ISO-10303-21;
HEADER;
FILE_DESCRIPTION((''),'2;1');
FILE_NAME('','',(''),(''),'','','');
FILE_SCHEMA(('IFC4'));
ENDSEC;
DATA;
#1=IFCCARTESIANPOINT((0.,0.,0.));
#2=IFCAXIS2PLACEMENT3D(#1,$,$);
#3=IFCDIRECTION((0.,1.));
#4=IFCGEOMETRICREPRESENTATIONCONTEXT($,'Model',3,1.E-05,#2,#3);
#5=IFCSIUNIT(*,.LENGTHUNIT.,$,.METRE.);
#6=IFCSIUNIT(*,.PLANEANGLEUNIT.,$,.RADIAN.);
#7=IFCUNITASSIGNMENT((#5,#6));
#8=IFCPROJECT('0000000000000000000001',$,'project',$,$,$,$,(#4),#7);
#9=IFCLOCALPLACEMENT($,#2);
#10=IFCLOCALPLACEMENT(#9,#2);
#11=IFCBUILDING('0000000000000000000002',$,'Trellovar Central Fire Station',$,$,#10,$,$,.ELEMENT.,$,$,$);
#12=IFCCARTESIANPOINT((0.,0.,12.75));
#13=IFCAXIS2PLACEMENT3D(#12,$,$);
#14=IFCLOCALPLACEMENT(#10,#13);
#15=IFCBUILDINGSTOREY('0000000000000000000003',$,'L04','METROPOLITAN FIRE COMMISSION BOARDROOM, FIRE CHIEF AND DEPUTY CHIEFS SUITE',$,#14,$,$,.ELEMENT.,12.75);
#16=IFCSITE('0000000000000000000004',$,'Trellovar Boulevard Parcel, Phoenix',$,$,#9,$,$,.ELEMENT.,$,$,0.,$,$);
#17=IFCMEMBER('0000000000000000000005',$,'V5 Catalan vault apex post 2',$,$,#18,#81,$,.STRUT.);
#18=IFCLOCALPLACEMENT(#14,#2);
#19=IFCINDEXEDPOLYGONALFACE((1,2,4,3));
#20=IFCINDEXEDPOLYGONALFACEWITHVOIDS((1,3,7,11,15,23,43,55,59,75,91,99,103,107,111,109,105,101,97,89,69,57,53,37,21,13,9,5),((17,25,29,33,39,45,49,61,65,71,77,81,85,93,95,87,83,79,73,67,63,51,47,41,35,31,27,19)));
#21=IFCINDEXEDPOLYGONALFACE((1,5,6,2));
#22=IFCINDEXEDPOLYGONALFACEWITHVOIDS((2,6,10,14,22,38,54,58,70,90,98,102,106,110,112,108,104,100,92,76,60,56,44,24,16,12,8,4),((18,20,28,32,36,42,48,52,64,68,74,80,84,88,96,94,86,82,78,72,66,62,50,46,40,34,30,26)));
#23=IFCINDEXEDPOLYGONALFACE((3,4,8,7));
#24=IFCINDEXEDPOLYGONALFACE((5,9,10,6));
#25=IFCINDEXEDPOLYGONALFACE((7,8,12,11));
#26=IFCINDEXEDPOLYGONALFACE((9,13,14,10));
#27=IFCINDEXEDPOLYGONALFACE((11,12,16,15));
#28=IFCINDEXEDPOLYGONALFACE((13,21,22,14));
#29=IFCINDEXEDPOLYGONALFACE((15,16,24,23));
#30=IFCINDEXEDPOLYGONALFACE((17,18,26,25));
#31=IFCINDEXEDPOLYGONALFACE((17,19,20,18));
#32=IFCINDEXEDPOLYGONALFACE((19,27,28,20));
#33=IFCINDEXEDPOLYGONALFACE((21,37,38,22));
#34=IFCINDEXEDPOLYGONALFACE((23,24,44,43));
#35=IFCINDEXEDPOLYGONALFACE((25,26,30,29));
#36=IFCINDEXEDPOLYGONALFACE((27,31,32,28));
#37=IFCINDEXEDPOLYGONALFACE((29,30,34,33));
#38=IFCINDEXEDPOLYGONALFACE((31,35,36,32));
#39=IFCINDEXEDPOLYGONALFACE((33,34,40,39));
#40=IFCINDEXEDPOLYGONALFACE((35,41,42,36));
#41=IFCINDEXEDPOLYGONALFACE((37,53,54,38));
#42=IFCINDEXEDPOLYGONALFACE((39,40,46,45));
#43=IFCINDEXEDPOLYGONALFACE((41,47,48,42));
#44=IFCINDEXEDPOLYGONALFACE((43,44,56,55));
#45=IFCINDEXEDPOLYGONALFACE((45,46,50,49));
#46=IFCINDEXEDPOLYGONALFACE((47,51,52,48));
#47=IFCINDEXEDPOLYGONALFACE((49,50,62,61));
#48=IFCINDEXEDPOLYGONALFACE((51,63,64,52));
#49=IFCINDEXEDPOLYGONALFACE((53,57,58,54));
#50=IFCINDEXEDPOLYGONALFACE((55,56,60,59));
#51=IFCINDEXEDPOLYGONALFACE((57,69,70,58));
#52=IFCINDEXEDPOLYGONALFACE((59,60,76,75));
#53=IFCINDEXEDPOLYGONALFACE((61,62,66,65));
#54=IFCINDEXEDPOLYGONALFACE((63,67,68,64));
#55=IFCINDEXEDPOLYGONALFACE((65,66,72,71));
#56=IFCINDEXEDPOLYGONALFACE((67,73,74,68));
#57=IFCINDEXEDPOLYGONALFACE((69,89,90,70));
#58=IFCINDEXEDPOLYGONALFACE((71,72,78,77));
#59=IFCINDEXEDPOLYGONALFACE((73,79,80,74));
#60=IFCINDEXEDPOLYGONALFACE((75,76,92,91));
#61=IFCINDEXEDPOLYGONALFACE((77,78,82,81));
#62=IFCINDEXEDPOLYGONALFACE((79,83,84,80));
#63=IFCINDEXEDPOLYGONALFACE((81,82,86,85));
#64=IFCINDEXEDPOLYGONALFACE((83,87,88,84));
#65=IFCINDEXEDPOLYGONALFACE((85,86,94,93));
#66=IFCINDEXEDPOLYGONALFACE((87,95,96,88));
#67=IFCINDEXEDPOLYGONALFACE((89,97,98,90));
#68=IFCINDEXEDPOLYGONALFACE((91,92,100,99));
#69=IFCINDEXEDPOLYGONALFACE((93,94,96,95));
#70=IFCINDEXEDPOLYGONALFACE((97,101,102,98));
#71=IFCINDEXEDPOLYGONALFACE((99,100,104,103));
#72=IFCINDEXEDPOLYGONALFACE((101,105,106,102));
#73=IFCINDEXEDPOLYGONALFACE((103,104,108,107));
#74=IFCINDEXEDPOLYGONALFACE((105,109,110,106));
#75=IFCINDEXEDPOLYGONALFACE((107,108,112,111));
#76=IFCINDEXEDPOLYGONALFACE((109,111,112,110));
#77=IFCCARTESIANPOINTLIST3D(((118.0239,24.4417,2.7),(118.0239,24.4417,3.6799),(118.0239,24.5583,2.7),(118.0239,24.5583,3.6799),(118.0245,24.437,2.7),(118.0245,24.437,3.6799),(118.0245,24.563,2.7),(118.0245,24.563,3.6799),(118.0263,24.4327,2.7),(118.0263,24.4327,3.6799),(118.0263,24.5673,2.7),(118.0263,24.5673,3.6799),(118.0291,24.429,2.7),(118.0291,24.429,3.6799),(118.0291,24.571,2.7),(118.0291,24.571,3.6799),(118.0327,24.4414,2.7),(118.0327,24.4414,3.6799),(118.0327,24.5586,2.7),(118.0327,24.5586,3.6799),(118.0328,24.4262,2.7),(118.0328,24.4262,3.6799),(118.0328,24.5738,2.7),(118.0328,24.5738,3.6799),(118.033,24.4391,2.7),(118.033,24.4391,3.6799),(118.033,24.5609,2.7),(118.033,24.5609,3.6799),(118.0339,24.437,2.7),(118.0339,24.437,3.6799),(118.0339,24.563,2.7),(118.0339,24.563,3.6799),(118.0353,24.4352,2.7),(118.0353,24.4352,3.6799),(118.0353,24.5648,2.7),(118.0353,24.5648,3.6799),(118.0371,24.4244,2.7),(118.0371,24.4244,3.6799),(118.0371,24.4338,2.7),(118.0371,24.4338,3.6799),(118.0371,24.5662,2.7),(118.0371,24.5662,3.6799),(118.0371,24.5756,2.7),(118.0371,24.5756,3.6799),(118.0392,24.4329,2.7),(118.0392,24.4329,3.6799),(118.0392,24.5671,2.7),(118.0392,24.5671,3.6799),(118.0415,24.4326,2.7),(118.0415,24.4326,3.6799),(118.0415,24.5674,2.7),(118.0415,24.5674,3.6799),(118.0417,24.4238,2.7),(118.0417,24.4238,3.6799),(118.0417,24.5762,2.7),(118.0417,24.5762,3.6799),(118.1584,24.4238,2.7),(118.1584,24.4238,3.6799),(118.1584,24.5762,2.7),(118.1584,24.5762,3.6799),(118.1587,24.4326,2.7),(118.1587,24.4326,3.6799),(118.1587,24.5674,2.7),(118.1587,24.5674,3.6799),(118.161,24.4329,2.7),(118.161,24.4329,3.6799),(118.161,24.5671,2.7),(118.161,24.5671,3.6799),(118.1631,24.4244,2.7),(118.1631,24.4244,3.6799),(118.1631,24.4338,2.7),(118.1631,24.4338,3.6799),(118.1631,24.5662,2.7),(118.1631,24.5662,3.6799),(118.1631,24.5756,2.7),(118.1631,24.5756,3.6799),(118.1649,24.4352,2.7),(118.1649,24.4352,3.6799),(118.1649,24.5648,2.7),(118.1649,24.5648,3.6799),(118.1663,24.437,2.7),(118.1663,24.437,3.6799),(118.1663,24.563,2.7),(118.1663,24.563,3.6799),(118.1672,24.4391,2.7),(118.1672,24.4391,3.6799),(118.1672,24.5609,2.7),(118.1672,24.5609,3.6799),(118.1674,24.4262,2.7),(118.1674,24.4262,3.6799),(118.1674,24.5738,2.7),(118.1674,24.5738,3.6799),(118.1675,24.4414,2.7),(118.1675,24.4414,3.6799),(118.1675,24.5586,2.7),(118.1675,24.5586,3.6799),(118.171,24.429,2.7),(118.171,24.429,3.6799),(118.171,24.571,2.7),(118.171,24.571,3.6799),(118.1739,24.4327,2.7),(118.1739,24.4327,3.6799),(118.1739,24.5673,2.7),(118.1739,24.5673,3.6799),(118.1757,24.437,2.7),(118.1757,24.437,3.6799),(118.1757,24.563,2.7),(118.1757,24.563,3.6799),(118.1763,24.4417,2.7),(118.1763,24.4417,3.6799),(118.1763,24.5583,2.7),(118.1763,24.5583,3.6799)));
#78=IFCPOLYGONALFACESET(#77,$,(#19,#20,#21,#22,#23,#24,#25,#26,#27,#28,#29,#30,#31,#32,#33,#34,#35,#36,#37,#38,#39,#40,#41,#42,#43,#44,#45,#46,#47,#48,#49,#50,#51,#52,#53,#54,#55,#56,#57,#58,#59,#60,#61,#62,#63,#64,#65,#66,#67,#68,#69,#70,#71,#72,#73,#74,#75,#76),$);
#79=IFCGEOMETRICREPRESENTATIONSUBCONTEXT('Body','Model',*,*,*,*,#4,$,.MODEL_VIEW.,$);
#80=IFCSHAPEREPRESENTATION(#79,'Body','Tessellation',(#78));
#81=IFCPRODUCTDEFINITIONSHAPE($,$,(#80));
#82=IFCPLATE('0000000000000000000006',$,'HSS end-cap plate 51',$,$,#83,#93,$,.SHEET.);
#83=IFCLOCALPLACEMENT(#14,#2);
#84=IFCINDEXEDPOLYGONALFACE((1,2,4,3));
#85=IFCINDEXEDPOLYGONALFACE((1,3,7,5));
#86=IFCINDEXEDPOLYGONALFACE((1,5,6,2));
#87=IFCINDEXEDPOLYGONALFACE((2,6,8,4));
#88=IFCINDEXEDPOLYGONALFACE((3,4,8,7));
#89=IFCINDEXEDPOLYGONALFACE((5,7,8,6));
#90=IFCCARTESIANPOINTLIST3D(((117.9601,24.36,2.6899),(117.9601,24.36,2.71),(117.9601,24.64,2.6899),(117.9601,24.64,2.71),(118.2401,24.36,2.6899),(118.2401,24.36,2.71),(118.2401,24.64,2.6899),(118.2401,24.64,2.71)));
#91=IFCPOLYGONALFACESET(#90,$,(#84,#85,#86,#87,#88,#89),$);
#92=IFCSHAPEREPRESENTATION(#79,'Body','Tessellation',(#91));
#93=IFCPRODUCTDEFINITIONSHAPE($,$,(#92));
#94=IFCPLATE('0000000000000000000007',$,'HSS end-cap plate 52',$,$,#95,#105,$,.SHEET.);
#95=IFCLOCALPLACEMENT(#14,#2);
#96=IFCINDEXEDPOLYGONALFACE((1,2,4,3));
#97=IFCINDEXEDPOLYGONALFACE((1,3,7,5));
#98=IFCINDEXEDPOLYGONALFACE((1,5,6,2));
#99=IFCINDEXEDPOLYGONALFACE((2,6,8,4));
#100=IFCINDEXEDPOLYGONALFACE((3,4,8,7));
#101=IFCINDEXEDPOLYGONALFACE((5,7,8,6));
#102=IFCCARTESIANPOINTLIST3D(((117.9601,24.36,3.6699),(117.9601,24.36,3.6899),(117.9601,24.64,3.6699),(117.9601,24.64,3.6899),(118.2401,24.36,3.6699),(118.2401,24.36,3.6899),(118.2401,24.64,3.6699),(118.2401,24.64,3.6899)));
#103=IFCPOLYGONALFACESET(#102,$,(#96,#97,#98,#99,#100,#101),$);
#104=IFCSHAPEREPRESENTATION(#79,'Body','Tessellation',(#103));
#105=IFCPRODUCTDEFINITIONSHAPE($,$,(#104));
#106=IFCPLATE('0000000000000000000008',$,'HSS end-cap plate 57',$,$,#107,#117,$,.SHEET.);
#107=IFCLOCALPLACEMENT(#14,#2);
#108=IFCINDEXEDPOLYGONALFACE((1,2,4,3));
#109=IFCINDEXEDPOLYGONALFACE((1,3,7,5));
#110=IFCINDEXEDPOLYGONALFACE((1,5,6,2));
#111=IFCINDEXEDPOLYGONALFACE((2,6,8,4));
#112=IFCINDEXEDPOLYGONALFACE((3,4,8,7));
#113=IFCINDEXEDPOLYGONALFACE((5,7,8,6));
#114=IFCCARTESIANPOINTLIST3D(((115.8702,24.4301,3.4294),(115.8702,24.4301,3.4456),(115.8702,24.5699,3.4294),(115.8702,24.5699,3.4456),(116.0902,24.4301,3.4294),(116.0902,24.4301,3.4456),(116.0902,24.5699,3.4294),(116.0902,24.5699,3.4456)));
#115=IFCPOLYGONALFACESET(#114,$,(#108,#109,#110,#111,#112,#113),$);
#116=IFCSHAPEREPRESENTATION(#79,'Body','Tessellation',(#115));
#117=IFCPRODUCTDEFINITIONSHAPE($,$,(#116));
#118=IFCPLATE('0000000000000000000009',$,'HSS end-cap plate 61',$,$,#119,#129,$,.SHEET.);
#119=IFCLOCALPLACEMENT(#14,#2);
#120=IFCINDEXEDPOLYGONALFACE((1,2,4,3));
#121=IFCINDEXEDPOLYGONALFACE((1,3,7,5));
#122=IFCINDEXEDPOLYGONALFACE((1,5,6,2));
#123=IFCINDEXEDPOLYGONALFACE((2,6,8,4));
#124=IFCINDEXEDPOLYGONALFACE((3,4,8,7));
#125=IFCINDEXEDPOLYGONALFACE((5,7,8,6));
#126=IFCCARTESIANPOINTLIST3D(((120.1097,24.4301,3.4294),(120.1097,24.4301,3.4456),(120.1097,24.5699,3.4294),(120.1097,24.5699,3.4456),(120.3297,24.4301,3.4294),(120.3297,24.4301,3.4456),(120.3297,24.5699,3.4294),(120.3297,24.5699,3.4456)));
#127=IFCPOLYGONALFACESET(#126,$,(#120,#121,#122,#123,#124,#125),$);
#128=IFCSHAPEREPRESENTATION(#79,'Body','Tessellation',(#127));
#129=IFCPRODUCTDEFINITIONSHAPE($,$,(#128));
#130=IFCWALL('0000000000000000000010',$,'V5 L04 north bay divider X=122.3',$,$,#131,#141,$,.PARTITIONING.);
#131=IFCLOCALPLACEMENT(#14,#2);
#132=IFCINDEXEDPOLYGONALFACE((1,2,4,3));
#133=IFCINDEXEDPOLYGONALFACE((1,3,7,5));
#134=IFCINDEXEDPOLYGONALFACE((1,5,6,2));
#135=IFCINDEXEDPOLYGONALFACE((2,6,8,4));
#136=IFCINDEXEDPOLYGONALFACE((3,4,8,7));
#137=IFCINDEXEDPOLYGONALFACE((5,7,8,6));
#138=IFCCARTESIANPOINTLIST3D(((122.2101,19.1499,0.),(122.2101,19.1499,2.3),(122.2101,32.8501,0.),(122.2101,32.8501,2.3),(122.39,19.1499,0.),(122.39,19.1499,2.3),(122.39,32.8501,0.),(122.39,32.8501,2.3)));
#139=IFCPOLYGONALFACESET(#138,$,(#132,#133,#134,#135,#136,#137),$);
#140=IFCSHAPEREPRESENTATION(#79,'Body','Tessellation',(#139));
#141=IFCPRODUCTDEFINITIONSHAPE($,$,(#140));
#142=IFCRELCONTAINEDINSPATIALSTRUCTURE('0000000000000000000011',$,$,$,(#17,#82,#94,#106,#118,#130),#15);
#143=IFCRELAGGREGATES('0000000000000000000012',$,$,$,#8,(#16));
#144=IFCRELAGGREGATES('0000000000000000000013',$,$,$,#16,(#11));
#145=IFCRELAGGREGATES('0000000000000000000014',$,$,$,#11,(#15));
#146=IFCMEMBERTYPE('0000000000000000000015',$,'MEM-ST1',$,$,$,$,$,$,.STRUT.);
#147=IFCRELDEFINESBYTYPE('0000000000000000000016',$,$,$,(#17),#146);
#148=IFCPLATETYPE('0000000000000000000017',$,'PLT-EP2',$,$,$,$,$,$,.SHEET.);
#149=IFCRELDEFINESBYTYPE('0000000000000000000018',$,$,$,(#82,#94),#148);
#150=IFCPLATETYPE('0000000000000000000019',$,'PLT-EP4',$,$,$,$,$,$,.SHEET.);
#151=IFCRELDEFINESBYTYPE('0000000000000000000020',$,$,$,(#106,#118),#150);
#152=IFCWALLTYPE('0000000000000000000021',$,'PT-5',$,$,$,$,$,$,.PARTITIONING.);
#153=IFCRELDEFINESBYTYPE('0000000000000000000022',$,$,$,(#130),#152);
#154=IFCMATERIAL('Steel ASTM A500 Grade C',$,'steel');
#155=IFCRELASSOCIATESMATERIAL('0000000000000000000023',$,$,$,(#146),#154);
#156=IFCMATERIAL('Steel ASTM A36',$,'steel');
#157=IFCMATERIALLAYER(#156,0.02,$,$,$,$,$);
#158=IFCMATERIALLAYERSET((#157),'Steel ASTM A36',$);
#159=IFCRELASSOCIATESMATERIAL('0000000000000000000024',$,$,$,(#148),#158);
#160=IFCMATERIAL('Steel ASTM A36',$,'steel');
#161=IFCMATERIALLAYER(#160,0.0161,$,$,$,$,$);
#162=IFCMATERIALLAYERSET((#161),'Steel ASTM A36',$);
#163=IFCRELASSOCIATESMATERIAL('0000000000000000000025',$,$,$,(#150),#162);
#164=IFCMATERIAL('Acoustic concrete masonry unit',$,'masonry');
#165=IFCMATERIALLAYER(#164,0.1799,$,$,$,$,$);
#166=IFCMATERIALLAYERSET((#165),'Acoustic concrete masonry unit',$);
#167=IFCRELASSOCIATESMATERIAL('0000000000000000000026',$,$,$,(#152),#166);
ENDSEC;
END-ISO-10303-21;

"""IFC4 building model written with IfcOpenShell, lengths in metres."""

from ifc_helpers import new_model, si_unit, direction, frame, frame_2d, origin, origin_2d, place, context, subcontext, project, spatial, rectangle, hollow_rectangle, extrude, material, layer, layer_set, material_profile, profile_set, type_object, element, save


model = new_model("IFC4")

# Units and contexts
model_context = context("Model", 3, precision=1e-05, world=origin(), true_north=direction((0.0, 1.0)))
body_context = subcontext(model_context, "Body", "Model", "MODEL_VIEW")
ifc_project = project(units=[si_unit("LENGTHUNIT", "METRE"), si_unit("PLANEANGLEUNIT", "RADIAN")], contexts=[model_context])

# Site, building, storey
site_placement = place(None, origin())
site = spatial("IfcSite", under=ifc_project, at=site_placement, Name="Trellovar Boulevard Parcel, Phoenix", CompositionType="ELEMENT", RefElevation=0.0)
building_placement = place(site_placement, origin())
building = spatial("IfcBuilding", under=site, at=building_placement, Name="Trellovar Central Fire Station", CompositionType="ELEMENT")
storey_placement = place(building_placement, frame((0.0, 0.0, 12.75)))
storey = spatial("IfcBuildingStorey", under=building, at=storey_placement, Name="L04", Description="METROPOLITAN FIRE COMMISSION BOARDROOM, FIRE CHIEF AND DEPUTY CHIEFS SUITE", CompositionType="ELEMENT", Elevation=12.75)

# Member
ifc_material_1 = material(Name="Steel ASTM A500 Grade C", Category="steel")
ifc_material_profile_1 = material_profile(ifc_material_1, hollow_rectangle(XDim=0.1523, YDim=0.1523, WallThickness=0.0088, InnerFilletRadius=0.0088, OuterFilletRadius=0.0178, at=origin_2d()), Name="HSS6X6X3/8")
ifc_profile_set_1 = profile_set([ifc_material_profile_1], Name="Steel ASTM A500 Grade C")
member_type_1 = type_object("IfcMemberType", Name="MEM-ST1", PredefinedType="STRUT", material=ifc_profile_set_1)
member_1_placement = place(storey_placement, frame((118.1001, 24.5, 2.7), z_axis=(0.0, 0.0, 1.0), x_axis=(1.0, 0.0, 0.0)))
element("IfcMember", 1, at=member_1_placement, inside=storey, type_object=member_type_1, Name="V5 Catalan vault apex post 2", PredefinedType="STRUT", context=body_context, shape_type="SweptSolid", body=[
    extrude(hollow_rectangle(XDim=0.1523, YDim=0.1523, WallThickness=0.0088, InnerFilletRadius=0.0088, OuterFilletRadius=0.0178, at=origin_2d()), origin(), (0.0, 0.0, 1.0), 0.98),
])

# Plates
ifc_material_2 = material(Name="Steel ASTM A36", Category="steel")
ifc_layer_1 = layer(ifc_material_2, 0.02)
ifc_layer_set_1 = layer_set([ifc_layer_1], Name="Steel ASTM A36")
plate_type_1 = type_object("IfcPlateType", Name="PLT-EP2", PredefinedType="SHEET", material=ifc_layer_set_1)
for number, where, z_axis, x_axis, name in (
    (2, (118.1001, 24.5, 2.6899), (0.0, 0.0, 1.0), (1.0, 0.0, 0.0), "HSS end-cap plate 51"),
    (3, (118.1001, 24.5, 3.6699), (0.0, 0.0, 1.0), (1.0, 0.0, 0.0), "HSS end-cap plate 52"),
):
    element("IfcPlate", number, at=place(storey_placement, frame(where, z_axis=z_axis, x_axis=x_axis)), inside=storey, type_object=plate_type_1, Name=name, PredefinedType="SHEET", context=body_context, shape_type="SweptSolid", body=[
        extrude(rectangle(XDim=0.28, YDim=0.28, at=origin_2d()), origin(), (0.0, 0.0, 1.0), 0.02),
    ])
ifc_material_3 = material(Name="Steel ASTM A36", Category="steel")
ifc_layer_2 = layer(ifc_material_3, 0.0161)
ifc_layer_set_2 = layer_set([ifc_layer_2], Name="Steel ASTM A36")
plate_type_2 = type_object("IfcPlateType", Name="PLT-EP4", PredefinedType="SHEET", material=ifc_layer_set_2)
for number, where, z_axis, x_axis, name in (
    (4, (115.9802, 24.5, 3.4294), (0.0, 0.0, 1.0), (1.0, 0.0, 0.0), "HSS end-cap plate 57"),
    (5, (120.2197, 24.5, 3.4294), (0.0, 0.0, 1.0), (1.0, 0.0, 0.0), "HSS end-cap plate 61"),
):
    element("IfcPlate", number, at=place(storey_placement, frame(where, z_axis=z_axis, x_axis=x_axis)), inside=storey, type_object=plate_type_2, Name=name, PredefinedType="SHEET", context=body_context, shape_type="SweptSolid", body=[
        extrude(rectangle(XDim=0.22, YDim=0.1399, at=origin_2d()), origin(), (0.0, 0.0, 1.0), 0.0161),
    ])

# Wall
ifc_material_4 = material(Name="Acoustic concrete masonry unit", Category="masonry")
ifc_layer_3 = layer(ifc_material_4, 0.1799)
ifc_layer_set_3 = layer_set([ifc_layer_3], Name="Acoustic concrete masonry unit")
wall_type_1 = type_object("IfcWallType", Name="PT-5", PredefinedType="PARTITIONING", material=ifc_layer_set_3)
wall_1_placement = place(storey_placement, frame((122.3, 19.1499, 0.0), z_axis=(0.0, 0.0, 1.0), x_axis=(0.0, 1.0, 0.0)))
element("IfcWall", 6, at=wall_1_placement, inside=storey, type_object=wall_type_1, Name="V5 L04 north bay divider X=122.3", PredefinedType="PARTITIONING", context=body_context, shape_type="SweptSolid", body=[
    extrude(rectangle(XDim=13.7002, YDim=0.1799, at=frame_2d((6.8501, 0.0))), origin(), (0.0, 0.0, 1.0), 2.3),
])

save(model, "model.ifc")
